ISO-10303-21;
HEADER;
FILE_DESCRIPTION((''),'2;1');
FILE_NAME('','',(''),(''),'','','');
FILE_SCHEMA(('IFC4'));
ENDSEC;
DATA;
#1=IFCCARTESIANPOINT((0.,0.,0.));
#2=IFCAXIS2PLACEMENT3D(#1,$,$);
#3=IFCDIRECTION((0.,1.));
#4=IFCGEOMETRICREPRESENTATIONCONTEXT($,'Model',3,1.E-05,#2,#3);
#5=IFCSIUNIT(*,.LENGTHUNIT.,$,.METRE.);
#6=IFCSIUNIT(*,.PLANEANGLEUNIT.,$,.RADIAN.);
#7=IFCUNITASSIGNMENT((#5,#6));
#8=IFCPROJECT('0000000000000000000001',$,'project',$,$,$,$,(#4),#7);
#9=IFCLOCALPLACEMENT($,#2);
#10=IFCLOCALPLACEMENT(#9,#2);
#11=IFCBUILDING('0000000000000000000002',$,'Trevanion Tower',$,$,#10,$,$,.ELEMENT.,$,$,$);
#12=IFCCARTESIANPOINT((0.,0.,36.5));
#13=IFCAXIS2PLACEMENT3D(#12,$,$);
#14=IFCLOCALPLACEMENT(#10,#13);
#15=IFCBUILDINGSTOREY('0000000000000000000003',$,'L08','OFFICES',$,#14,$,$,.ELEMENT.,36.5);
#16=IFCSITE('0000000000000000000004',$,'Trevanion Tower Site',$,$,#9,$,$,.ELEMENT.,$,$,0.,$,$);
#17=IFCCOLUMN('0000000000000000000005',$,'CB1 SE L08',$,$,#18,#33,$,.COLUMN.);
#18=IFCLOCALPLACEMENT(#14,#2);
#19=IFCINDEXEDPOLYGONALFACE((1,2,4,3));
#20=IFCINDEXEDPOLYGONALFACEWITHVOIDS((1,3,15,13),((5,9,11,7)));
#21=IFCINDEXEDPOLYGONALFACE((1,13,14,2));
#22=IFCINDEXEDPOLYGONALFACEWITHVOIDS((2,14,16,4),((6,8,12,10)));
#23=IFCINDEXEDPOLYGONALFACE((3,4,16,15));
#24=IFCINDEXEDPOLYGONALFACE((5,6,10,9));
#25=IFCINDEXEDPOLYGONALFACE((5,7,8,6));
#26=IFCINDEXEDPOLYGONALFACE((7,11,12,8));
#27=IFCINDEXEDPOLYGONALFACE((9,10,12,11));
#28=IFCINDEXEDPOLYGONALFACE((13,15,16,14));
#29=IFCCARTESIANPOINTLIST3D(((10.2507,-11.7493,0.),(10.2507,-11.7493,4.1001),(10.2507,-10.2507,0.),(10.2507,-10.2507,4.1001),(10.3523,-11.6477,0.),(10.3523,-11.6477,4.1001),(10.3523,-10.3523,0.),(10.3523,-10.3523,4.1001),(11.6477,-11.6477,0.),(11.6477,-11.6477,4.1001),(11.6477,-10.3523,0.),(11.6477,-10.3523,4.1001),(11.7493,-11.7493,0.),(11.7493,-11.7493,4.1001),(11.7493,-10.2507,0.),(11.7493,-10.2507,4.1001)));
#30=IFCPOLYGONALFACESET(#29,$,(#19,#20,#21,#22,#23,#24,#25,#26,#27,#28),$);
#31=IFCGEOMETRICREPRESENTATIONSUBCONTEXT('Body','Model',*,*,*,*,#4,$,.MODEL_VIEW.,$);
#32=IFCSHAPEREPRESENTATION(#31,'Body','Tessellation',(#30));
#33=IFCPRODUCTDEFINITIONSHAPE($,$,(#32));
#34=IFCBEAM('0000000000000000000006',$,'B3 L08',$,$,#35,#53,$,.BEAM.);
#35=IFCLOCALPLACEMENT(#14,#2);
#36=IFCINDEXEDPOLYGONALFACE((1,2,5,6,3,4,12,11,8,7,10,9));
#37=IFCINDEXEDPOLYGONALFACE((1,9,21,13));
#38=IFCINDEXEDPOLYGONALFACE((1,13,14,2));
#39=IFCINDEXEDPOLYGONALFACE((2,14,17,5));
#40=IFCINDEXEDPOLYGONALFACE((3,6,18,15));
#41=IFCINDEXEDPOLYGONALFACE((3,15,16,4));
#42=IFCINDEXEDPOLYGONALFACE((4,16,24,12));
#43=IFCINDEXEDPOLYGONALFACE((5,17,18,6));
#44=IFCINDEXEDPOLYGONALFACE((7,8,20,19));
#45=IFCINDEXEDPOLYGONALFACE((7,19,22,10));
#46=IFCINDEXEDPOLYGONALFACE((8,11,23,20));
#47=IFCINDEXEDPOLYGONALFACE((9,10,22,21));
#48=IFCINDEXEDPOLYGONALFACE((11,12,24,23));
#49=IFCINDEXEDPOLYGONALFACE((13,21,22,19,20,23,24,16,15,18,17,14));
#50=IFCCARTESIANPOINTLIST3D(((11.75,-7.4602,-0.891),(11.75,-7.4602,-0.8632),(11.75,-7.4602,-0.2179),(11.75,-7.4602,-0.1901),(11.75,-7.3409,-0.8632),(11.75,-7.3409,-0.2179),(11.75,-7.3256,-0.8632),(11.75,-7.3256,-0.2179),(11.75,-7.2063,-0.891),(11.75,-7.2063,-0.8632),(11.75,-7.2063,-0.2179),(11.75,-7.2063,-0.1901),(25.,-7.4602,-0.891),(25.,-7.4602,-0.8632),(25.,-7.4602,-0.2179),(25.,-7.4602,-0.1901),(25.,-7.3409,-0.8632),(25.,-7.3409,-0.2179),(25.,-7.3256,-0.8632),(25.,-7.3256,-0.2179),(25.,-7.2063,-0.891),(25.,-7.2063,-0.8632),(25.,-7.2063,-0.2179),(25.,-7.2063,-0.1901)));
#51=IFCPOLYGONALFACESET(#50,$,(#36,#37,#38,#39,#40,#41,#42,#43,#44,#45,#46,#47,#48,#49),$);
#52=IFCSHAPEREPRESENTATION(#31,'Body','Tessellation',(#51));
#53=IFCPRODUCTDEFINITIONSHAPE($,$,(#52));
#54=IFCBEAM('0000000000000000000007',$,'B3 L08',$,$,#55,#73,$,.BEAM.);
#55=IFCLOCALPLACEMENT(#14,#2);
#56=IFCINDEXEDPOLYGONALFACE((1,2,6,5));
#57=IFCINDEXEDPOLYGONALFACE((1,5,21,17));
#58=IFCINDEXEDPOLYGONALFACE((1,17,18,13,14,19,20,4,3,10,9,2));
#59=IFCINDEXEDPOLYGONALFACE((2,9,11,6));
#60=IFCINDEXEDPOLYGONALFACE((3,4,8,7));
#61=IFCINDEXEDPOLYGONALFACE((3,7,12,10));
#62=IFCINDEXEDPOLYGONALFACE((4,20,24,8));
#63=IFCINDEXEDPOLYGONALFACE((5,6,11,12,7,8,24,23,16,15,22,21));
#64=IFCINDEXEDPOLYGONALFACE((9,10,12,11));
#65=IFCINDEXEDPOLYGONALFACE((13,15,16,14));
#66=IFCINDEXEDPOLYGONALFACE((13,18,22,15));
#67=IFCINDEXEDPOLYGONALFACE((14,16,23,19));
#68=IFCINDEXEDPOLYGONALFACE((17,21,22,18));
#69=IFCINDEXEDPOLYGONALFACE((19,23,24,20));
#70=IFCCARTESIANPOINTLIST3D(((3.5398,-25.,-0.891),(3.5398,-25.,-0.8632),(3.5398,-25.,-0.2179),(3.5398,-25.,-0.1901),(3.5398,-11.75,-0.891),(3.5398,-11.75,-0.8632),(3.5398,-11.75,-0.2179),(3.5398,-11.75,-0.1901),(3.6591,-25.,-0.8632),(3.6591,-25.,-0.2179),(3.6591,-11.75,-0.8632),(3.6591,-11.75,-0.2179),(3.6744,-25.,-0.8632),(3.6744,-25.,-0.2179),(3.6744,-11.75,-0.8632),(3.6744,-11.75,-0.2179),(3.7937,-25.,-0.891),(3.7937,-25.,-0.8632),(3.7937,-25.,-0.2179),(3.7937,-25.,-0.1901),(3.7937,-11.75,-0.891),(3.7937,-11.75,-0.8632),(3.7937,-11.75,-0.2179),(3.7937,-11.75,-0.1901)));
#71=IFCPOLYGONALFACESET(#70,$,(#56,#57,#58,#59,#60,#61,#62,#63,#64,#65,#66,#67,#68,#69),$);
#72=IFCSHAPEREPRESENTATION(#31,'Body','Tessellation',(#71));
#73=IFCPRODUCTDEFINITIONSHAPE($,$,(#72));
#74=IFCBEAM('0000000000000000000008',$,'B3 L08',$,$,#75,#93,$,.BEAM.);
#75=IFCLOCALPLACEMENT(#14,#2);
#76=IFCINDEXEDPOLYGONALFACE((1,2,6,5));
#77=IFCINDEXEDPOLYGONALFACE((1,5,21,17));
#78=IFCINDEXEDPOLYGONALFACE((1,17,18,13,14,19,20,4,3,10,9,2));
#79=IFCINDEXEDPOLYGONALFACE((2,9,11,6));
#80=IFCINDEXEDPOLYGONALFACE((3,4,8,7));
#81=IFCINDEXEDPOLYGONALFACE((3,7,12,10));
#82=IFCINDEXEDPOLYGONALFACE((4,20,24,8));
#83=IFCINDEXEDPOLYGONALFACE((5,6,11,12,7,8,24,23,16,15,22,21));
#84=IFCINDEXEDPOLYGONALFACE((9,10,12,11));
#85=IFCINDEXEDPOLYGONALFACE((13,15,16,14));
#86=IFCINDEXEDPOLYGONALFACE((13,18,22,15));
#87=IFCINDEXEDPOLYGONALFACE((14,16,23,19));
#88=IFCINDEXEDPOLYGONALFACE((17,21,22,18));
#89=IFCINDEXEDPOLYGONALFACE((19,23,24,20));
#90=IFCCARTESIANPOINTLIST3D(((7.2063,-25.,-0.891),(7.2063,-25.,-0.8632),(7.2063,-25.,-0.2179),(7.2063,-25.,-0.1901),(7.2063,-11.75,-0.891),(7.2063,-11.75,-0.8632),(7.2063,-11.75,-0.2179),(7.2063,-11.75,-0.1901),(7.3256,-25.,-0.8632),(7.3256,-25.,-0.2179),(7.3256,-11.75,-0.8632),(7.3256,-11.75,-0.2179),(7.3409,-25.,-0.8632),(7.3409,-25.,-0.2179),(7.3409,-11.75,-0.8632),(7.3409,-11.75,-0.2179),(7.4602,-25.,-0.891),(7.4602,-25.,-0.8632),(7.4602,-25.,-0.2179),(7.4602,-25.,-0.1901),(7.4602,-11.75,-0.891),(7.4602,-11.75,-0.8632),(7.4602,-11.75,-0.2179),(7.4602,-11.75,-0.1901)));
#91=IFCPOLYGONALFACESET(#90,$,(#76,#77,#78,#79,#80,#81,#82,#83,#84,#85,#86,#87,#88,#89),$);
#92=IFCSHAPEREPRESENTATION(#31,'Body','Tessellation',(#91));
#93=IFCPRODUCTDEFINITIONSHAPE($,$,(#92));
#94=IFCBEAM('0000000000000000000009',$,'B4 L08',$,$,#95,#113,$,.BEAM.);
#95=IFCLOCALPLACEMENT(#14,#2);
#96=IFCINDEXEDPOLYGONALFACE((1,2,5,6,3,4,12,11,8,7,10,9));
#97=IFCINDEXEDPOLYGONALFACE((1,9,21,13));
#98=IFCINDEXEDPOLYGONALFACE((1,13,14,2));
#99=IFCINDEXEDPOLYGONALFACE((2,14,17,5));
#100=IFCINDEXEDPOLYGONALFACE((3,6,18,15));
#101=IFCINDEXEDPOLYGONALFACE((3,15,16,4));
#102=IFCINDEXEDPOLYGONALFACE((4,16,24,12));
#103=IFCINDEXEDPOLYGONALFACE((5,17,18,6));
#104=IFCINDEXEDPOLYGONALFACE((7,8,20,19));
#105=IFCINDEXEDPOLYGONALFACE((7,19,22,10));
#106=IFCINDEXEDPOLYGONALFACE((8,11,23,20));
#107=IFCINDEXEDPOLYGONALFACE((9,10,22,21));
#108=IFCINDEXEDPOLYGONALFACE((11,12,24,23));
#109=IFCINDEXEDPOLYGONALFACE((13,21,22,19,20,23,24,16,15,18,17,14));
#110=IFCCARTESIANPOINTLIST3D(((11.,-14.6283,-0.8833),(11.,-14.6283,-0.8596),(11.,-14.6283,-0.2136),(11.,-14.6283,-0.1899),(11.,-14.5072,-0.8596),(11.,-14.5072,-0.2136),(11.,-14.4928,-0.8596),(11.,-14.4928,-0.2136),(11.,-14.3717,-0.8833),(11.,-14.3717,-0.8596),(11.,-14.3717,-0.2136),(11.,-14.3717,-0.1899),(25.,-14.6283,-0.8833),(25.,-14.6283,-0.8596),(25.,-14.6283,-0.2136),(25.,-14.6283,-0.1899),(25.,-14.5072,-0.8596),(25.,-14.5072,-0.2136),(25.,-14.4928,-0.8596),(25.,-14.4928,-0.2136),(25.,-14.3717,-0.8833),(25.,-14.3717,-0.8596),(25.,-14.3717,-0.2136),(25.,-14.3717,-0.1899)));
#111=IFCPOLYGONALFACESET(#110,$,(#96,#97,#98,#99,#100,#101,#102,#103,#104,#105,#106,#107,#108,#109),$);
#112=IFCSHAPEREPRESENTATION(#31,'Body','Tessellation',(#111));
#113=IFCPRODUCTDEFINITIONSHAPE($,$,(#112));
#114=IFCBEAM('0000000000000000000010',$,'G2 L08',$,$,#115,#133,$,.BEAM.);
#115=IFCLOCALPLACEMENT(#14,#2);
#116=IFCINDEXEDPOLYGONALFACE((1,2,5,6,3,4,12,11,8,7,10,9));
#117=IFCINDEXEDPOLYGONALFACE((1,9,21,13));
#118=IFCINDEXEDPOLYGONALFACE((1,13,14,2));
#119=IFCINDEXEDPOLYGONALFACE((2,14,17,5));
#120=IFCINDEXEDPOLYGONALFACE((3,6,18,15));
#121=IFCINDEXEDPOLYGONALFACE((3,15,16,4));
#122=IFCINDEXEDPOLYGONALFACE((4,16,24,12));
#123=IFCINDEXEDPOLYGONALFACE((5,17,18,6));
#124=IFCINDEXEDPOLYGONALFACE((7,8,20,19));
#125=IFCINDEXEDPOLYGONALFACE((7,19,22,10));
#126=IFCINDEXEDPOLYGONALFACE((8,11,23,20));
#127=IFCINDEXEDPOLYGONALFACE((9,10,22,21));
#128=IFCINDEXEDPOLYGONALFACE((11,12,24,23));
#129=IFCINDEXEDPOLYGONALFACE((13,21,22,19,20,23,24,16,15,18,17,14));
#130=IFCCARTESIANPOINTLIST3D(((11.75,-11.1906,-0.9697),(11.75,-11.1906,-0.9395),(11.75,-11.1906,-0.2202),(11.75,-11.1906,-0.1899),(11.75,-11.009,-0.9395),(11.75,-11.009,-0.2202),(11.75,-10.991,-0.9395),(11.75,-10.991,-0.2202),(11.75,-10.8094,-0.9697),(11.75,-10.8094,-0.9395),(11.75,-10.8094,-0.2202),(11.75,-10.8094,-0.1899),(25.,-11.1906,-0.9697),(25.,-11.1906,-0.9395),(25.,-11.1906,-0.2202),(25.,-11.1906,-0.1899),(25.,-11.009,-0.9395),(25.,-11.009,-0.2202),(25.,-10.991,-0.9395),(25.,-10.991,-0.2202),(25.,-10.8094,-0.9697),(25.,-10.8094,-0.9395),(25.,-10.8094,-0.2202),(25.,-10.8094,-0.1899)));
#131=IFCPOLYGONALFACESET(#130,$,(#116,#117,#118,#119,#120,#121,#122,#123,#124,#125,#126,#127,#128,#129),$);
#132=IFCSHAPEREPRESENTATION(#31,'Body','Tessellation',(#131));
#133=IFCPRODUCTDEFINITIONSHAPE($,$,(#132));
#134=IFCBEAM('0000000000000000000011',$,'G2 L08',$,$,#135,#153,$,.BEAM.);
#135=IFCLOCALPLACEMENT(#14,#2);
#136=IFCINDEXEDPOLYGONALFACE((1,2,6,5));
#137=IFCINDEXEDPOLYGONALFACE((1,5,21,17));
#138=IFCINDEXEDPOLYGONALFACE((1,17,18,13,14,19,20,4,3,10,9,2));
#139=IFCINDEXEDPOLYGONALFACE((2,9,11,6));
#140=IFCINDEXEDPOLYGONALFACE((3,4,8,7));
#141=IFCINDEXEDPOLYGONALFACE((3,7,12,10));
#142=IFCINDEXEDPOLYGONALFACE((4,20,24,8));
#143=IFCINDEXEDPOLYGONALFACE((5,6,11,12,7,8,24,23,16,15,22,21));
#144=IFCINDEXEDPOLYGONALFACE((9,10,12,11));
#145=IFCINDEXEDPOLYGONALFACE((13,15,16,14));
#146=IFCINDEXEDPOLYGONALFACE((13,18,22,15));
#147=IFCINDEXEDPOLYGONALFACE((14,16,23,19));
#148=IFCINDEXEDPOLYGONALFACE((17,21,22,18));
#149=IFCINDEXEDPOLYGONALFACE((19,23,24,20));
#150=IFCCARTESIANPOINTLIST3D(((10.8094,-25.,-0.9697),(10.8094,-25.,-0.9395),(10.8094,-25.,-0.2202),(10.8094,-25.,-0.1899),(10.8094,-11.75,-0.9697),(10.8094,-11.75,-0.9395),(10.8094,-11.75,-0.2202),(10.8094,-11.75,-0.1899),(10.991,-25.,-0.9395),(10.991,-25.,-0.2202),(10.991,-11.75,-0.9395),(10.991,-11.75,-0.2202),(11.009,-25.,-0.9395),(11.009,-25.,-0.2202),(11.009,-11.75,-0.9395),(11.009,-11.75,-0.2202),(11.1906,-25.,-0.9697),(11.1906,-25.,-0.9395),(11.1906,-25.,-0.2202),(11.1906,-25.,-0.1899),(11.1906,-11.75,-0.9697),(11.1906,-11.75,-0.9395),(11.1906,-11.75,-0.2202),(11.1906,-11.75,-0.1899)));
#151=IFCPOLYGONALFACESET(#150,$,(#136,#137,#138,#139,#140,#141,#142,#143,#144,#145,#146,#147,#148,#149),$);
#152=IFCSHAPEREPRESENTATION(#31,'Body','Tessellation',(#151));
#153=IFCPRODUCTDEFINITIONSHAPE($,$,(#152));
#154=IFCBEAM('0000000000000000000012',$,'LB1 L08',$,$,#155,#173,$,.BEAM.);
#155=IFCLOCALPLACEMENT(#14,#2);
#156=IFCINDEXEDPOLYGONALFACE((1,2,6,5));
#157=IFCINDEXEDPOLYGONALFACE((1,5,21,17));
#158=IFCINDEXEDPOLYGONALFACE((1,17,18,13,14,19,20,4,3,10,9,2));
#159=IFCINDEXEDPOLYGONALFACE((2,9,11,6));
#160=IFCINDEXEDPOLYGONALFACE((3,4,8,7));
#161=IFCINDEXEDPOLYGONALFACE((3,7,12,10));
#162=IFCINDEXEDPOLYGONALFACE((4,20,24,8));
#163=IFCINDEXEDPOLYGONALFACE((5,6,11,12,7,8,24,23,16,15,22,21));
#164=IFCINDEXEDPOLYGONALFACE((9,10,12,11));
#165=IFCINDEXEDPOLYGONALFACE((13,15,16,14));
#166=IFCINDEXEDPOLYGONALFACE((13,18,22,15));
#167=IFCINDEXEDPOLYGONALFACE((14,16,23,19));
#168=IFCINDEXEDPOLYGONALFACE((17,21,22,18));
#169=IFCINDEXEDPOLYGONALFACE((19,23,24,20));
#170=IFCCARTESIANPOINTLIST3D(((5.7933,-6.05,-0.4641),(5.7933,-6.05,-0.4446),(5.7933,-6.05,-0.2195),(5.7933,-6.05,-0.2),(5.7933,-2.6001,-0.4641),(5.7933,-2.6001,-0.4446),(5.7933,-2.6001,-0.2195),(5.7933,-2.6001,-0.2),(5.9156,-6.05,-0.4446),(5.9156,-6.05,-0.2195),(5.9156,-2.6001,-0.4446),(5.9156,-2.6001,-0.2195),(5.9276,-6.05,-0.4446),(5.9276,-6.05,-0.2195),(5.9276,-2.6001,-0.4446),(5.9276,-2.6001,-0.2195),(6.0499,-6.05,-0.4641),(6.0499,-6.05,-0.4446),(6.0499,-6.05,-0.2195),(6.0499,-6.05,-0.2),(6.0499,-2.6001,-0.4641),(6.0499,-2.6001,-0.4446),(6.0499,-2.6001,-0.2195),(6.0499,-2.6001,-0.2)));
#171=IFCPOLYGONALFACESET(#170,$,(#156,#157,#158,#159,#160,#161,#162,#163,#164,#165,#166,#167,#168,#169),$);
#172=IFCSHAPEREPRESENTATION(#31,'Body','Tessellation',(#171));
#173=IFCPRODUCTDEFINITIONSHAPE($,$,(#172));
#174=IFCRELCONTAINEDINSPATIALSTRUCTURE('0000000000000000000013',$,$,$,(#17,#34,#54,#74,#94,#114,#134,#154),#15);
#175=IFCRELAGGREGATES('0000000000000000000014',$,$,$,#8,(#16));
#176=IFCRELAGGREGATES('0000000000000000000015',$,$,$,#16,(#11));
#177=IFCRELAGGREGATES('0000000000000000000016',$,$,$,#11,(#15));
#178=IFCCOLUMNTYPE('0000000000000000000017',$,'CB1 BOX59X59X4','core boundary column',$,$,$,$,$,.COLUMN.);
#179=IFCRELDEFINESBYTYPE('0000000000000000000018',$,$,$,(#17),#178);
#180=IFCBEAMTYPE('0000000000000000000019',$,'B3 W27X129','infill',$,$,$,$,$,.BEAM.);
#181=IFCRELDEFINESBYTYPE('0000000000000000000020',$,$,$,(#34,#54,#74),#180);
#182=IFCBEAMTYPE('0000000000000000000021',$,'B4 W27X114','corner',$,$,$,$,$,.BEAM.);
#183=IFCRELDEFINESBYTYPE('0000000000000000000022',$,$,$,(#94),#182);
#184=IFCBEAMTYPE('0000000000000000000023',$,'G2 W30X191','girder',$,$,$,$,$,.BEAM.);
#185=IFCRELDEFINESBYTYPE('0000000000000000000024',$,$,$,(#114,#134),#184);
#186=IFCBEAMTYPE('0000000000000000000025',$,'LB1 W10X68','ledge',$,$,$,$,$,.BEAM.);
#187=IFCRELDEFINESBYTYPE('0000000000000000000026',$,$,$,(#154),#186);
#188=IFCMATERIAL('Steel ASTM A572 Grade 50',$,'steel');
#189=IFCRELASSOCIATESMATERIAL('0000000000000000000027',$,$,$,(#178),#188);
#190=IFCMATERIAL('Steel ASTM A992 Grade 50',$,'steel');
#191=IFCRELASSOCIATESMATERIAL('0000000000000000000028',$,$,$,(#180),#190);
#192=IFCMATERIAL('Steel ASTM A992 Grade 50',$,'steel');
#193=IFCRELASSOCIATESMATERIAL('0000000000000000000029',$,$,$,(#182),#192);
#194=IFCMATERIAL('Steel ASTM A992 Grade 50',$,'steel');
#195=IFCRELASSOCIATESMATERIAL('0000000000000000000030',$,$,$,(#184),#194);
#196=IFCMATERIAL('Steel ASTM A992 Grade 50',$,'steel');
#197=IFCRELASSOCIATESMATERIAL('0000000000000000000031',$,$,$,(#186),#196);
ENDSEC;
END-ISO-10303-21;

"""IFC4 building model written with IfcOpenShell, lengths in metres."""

from ifc_helpers import new_model, si_unit, direction, frame, origin, origin_2d, place, context, subcontext, project, spatial, hollow_rectangle, i_section, extrude, material, material_profile, profile_set, type_object, element, save


model = new_model("IFC4")

# Units and contexts
model_context = context("Model", 3, precision=1e-05, world=origin(), true_north=direction((0.0, 1.0)))
body_context = subcontext(model_context, "Body", "Model", "MODEL_VIEW")
ifc_project = project(units=[si_unit("LENGTHUNIT", "METRE"), si_unit("PLANEANGLEUNIT", "RADIAN")], contexts=[model_context])

# Site, building, storey
site_placement = place(None, origin())
site = spatial("IfcSite", under=ifc_project, at=site_placement, Name="Trevanion Tower Site", CompositionType="ELEMENT", RefElevation=0.0)
building_placement = place(site_placement, origin())
building = spatial("IfcBuilding", under=site, at=building_placement, Name="Trevanion Tower", CompositionType="ELEMENT")
storey_placement = place(building_placement, frame((0.0, 0.0, 36.5)))
storey = spatial("IfcBuildingStorey", under=building, at=storey_placement, Name="L08", Description="OFFICES", CompositionType="ELEMENT", Elevation=36.5)

# Column
ifc_material_1 = material(Name="Steel ASTM A572 Grade 50", Category="steel")
ifc_material_profile_1 = material_profile(ifc_material_1, hollow_rectangle(XDim=1.4985, YDim=1.4985, WallThickness=0.1016, at=origin_2d()), Name="BOX59X59X4")
ifc_profile_set_1 = profile_set([ifc_material_profile_1], Name="Steel ASTM A572 Grade 50")
column_type = type_object("IfcColumnType", Name="CB1 BOX59X59X4", Description="core boundary column", PredefinedType="COLUMN", material=ifc_profile_set_1)
column_placement = place(storey_placement, frame((11.0, -11.0, 0.0), z_axis=(0.0, 0.0, 1.0), x_axis=(1.0, 0.0, 0.0)))
element("IfcColumn", 1, at=column_placement, inside=storey, type_object=column_type, Name="CB1 SE L08", PredefinedType="COLUMN", context=body_context, shape_type="SweptSolid", body=[
    extrude(hollow_rectangle(XDim=1.4985, YDim=1.4985, WallThickness=0.1016, at=origin_2d()), origin(), (0.0, 0.0, 1.0), 4.1001),
])

# Beams
ifc_material_2 = material(Name="Steel ASTM A992 Grade 50", Category="steel")
ifc_material_profile_2 = material_profile(ifc_material_2, i_section(OverallWidth=0.2539, OverallDepth=0.7009, WebThickness=0.0154, FlangeThickness=0.0278, at=origin_2d()), Name="W27X129")
ifc_profile_set_2 = profile_set([ifc_material_profile_2], Name="Steel ASTM A992 Grade 50")
beam_type_1 = type_object("IfcBeamType", Name="B3 W27X129", Description="infill", PredefinedType="BEAM", material=ifc_profile_set_2)
for number, where, z_axis, x_axis, name in (
    (2, (11.75, -7.3333, -0.5405), (1.0, 0.0, 0.0), (0.0, 1.0, 0.0), "B3 L08"),
    (3, (3.6667, -11.75, -0.5405), (0.0, -1.0, 0.0), (1.0, 0.0, 0.0), "B3 L08"),
    (4, (7.3333, -11.75, -0.5405), (0.0, -1.0, 0.0), (1.0, 0.0, 0.0), "B3 L08"),
):
    element("IfcBeam", number, at=place(storey_placement, frame(where, z_axis=z_axis, x_axis=x_axis)), inside=storey, type_object=beam_type_1, Name=name, PredefinedType="BEAM", context=body_context, shape_type="SweptSolid", body=[
        extrude(i_section(OverallWidth=0.2539, OverallDepth=0.7009, WebThickness=0.0154, FlangeThickness=0.0278, at=origin_2d()), origin(), (0.0, 0.0, 1.0), 13.25),
    ])
ifc_material_3 = material(Name="Steel ASTM A992 Grade 50", Category="steel")
ifc_material_profile_3 = material_profile(ifc_material_3, i_section(OverallWidth=0.2566, OverallDepth=0.6934, WebThickness=0.0144, FlangeThickness=0.0237, at=origin_2d()), Name="W27X114")
ifc_profile_set_3 = profile_set([ifc_material_profile_3], Name="Steel ASTM A992 Grade 50")
beam_type_2 = type_object("IfcBeamType", Name="B4 W27X114", Description="corner", PredefinedType="BEAM", material=ifc_profile_set_3)
beam_1_placement = place(storey_placement, frame((11.0, -14.5, -0.5366), z_axis=(1.0, 0.0, 0.0), x_axis=(0.0, 1.0, 0.0)))
element("IfcBeam", 5, at=beam_1_placement, inside=storey, type_object=beam_type_2, Name="B4 L08", PredefinedType="BEAM", context=body_context, shape_type="SweptSolid", body=[
    extrude(i_section(OverallWidth=0.2566, OverallDepth=0.6934, WebThickness=0.0144, FlangeThickness=0.0237, at=origin_2d()), origin(), (0.0, 0.0, 1.0), 14.0),
])
ifc_material_4 = material(Name="Steel ASTM A992 Grade 50", Category="steel")
ifc_material_profile_4 = material_profile(ifc_material_4, i_section(OverallWidth=0.3811, OverallDepth=0.7798, WebThickness=0.0181, FlangeThickness=0.0303, at=origin_2d()), Name="W30X191")
ifc_profile_set_4 = profile_set([ifc_material_profile_4], Name="Steel ASTM A992 Grade 50")
beam_type_3 = type_object("IfcBeamType", Name="G2 W30X191", Description="girder", PredefinedType="BEAM", material=ifc_profile_set_4)
for number, where, z_axis, x_axis, name in (
    (6, (11.75, -11.0, -0.5798), (1.0, 0.0, 0.0), (0.0, 1.0, 0.0), "G2 L08"),
    (7, (11.0, -11.75, -0.5798), (0.0, -1.0, 0.0), (1.0, 0.0, 0.0), "G2 L08"),
):
    element("IfcBeam", number, at=place(storey_placement, frame(where, z_axis=z_axis, x_axis=x_axis)), inside=storey, type_object=beam_type_3, Name=name, PredefinedType="BEAM", context=body_context, shape_type="SweptSolid", body=[
        extrude(i_section(OverallWidth=0.3811, OverallDepth=0.7798, WebThickness=0.0181, FlangeThickness=0.0303, at=origin_2d()), origin(), (0.0, 0.0, 1.0), 13.25),
    ])
ifc_material_5 = material(Name="Steel ASTM A992 Grade 50", Category="steel")
ifc_material_profile_5 = material_profile(ifc_material_5, i_section(OverallWidth=0.2566, OverallDepth=0.2642, WebThickness=0.012, FlangeThickness=0.0195, at=origin_2d()), Name="W10X68")
ifc_profile_set_5 = profile_set([ifc_material_profile_5], Name="Steel ASTM A992 Grade 50")
beam_type_4 = type_object("IfcBeamType", Name="LB1 W10X68", Description="ledge", PredefinedType="BEAM", material=ifc_profile_set_5)
beam_2_placement = place(storey_placement, frame((5.9216, -6.05, -0.332), z_axis=(0.0, 1.0, 0.0), x_axis=(-1.0, 0.0, 0.0)))
element("IfcBeam", 8, at=beam_2_placement, inside=storey, type_object=beam_type_4, Name="LB1 L08", PredefinedType="BEAM", context=body_context, shape_type="SweptSolid", body=[
    extrude(i_section(OverallWidth=0.2566, OverallDepth=0.2642, WebThickness=0.012, FlangeThickness=0.0195, at=origin_2d()), origin(), (0.0, 0.0, 1.0), 3.45),
])

save(model, "model.ifc")
